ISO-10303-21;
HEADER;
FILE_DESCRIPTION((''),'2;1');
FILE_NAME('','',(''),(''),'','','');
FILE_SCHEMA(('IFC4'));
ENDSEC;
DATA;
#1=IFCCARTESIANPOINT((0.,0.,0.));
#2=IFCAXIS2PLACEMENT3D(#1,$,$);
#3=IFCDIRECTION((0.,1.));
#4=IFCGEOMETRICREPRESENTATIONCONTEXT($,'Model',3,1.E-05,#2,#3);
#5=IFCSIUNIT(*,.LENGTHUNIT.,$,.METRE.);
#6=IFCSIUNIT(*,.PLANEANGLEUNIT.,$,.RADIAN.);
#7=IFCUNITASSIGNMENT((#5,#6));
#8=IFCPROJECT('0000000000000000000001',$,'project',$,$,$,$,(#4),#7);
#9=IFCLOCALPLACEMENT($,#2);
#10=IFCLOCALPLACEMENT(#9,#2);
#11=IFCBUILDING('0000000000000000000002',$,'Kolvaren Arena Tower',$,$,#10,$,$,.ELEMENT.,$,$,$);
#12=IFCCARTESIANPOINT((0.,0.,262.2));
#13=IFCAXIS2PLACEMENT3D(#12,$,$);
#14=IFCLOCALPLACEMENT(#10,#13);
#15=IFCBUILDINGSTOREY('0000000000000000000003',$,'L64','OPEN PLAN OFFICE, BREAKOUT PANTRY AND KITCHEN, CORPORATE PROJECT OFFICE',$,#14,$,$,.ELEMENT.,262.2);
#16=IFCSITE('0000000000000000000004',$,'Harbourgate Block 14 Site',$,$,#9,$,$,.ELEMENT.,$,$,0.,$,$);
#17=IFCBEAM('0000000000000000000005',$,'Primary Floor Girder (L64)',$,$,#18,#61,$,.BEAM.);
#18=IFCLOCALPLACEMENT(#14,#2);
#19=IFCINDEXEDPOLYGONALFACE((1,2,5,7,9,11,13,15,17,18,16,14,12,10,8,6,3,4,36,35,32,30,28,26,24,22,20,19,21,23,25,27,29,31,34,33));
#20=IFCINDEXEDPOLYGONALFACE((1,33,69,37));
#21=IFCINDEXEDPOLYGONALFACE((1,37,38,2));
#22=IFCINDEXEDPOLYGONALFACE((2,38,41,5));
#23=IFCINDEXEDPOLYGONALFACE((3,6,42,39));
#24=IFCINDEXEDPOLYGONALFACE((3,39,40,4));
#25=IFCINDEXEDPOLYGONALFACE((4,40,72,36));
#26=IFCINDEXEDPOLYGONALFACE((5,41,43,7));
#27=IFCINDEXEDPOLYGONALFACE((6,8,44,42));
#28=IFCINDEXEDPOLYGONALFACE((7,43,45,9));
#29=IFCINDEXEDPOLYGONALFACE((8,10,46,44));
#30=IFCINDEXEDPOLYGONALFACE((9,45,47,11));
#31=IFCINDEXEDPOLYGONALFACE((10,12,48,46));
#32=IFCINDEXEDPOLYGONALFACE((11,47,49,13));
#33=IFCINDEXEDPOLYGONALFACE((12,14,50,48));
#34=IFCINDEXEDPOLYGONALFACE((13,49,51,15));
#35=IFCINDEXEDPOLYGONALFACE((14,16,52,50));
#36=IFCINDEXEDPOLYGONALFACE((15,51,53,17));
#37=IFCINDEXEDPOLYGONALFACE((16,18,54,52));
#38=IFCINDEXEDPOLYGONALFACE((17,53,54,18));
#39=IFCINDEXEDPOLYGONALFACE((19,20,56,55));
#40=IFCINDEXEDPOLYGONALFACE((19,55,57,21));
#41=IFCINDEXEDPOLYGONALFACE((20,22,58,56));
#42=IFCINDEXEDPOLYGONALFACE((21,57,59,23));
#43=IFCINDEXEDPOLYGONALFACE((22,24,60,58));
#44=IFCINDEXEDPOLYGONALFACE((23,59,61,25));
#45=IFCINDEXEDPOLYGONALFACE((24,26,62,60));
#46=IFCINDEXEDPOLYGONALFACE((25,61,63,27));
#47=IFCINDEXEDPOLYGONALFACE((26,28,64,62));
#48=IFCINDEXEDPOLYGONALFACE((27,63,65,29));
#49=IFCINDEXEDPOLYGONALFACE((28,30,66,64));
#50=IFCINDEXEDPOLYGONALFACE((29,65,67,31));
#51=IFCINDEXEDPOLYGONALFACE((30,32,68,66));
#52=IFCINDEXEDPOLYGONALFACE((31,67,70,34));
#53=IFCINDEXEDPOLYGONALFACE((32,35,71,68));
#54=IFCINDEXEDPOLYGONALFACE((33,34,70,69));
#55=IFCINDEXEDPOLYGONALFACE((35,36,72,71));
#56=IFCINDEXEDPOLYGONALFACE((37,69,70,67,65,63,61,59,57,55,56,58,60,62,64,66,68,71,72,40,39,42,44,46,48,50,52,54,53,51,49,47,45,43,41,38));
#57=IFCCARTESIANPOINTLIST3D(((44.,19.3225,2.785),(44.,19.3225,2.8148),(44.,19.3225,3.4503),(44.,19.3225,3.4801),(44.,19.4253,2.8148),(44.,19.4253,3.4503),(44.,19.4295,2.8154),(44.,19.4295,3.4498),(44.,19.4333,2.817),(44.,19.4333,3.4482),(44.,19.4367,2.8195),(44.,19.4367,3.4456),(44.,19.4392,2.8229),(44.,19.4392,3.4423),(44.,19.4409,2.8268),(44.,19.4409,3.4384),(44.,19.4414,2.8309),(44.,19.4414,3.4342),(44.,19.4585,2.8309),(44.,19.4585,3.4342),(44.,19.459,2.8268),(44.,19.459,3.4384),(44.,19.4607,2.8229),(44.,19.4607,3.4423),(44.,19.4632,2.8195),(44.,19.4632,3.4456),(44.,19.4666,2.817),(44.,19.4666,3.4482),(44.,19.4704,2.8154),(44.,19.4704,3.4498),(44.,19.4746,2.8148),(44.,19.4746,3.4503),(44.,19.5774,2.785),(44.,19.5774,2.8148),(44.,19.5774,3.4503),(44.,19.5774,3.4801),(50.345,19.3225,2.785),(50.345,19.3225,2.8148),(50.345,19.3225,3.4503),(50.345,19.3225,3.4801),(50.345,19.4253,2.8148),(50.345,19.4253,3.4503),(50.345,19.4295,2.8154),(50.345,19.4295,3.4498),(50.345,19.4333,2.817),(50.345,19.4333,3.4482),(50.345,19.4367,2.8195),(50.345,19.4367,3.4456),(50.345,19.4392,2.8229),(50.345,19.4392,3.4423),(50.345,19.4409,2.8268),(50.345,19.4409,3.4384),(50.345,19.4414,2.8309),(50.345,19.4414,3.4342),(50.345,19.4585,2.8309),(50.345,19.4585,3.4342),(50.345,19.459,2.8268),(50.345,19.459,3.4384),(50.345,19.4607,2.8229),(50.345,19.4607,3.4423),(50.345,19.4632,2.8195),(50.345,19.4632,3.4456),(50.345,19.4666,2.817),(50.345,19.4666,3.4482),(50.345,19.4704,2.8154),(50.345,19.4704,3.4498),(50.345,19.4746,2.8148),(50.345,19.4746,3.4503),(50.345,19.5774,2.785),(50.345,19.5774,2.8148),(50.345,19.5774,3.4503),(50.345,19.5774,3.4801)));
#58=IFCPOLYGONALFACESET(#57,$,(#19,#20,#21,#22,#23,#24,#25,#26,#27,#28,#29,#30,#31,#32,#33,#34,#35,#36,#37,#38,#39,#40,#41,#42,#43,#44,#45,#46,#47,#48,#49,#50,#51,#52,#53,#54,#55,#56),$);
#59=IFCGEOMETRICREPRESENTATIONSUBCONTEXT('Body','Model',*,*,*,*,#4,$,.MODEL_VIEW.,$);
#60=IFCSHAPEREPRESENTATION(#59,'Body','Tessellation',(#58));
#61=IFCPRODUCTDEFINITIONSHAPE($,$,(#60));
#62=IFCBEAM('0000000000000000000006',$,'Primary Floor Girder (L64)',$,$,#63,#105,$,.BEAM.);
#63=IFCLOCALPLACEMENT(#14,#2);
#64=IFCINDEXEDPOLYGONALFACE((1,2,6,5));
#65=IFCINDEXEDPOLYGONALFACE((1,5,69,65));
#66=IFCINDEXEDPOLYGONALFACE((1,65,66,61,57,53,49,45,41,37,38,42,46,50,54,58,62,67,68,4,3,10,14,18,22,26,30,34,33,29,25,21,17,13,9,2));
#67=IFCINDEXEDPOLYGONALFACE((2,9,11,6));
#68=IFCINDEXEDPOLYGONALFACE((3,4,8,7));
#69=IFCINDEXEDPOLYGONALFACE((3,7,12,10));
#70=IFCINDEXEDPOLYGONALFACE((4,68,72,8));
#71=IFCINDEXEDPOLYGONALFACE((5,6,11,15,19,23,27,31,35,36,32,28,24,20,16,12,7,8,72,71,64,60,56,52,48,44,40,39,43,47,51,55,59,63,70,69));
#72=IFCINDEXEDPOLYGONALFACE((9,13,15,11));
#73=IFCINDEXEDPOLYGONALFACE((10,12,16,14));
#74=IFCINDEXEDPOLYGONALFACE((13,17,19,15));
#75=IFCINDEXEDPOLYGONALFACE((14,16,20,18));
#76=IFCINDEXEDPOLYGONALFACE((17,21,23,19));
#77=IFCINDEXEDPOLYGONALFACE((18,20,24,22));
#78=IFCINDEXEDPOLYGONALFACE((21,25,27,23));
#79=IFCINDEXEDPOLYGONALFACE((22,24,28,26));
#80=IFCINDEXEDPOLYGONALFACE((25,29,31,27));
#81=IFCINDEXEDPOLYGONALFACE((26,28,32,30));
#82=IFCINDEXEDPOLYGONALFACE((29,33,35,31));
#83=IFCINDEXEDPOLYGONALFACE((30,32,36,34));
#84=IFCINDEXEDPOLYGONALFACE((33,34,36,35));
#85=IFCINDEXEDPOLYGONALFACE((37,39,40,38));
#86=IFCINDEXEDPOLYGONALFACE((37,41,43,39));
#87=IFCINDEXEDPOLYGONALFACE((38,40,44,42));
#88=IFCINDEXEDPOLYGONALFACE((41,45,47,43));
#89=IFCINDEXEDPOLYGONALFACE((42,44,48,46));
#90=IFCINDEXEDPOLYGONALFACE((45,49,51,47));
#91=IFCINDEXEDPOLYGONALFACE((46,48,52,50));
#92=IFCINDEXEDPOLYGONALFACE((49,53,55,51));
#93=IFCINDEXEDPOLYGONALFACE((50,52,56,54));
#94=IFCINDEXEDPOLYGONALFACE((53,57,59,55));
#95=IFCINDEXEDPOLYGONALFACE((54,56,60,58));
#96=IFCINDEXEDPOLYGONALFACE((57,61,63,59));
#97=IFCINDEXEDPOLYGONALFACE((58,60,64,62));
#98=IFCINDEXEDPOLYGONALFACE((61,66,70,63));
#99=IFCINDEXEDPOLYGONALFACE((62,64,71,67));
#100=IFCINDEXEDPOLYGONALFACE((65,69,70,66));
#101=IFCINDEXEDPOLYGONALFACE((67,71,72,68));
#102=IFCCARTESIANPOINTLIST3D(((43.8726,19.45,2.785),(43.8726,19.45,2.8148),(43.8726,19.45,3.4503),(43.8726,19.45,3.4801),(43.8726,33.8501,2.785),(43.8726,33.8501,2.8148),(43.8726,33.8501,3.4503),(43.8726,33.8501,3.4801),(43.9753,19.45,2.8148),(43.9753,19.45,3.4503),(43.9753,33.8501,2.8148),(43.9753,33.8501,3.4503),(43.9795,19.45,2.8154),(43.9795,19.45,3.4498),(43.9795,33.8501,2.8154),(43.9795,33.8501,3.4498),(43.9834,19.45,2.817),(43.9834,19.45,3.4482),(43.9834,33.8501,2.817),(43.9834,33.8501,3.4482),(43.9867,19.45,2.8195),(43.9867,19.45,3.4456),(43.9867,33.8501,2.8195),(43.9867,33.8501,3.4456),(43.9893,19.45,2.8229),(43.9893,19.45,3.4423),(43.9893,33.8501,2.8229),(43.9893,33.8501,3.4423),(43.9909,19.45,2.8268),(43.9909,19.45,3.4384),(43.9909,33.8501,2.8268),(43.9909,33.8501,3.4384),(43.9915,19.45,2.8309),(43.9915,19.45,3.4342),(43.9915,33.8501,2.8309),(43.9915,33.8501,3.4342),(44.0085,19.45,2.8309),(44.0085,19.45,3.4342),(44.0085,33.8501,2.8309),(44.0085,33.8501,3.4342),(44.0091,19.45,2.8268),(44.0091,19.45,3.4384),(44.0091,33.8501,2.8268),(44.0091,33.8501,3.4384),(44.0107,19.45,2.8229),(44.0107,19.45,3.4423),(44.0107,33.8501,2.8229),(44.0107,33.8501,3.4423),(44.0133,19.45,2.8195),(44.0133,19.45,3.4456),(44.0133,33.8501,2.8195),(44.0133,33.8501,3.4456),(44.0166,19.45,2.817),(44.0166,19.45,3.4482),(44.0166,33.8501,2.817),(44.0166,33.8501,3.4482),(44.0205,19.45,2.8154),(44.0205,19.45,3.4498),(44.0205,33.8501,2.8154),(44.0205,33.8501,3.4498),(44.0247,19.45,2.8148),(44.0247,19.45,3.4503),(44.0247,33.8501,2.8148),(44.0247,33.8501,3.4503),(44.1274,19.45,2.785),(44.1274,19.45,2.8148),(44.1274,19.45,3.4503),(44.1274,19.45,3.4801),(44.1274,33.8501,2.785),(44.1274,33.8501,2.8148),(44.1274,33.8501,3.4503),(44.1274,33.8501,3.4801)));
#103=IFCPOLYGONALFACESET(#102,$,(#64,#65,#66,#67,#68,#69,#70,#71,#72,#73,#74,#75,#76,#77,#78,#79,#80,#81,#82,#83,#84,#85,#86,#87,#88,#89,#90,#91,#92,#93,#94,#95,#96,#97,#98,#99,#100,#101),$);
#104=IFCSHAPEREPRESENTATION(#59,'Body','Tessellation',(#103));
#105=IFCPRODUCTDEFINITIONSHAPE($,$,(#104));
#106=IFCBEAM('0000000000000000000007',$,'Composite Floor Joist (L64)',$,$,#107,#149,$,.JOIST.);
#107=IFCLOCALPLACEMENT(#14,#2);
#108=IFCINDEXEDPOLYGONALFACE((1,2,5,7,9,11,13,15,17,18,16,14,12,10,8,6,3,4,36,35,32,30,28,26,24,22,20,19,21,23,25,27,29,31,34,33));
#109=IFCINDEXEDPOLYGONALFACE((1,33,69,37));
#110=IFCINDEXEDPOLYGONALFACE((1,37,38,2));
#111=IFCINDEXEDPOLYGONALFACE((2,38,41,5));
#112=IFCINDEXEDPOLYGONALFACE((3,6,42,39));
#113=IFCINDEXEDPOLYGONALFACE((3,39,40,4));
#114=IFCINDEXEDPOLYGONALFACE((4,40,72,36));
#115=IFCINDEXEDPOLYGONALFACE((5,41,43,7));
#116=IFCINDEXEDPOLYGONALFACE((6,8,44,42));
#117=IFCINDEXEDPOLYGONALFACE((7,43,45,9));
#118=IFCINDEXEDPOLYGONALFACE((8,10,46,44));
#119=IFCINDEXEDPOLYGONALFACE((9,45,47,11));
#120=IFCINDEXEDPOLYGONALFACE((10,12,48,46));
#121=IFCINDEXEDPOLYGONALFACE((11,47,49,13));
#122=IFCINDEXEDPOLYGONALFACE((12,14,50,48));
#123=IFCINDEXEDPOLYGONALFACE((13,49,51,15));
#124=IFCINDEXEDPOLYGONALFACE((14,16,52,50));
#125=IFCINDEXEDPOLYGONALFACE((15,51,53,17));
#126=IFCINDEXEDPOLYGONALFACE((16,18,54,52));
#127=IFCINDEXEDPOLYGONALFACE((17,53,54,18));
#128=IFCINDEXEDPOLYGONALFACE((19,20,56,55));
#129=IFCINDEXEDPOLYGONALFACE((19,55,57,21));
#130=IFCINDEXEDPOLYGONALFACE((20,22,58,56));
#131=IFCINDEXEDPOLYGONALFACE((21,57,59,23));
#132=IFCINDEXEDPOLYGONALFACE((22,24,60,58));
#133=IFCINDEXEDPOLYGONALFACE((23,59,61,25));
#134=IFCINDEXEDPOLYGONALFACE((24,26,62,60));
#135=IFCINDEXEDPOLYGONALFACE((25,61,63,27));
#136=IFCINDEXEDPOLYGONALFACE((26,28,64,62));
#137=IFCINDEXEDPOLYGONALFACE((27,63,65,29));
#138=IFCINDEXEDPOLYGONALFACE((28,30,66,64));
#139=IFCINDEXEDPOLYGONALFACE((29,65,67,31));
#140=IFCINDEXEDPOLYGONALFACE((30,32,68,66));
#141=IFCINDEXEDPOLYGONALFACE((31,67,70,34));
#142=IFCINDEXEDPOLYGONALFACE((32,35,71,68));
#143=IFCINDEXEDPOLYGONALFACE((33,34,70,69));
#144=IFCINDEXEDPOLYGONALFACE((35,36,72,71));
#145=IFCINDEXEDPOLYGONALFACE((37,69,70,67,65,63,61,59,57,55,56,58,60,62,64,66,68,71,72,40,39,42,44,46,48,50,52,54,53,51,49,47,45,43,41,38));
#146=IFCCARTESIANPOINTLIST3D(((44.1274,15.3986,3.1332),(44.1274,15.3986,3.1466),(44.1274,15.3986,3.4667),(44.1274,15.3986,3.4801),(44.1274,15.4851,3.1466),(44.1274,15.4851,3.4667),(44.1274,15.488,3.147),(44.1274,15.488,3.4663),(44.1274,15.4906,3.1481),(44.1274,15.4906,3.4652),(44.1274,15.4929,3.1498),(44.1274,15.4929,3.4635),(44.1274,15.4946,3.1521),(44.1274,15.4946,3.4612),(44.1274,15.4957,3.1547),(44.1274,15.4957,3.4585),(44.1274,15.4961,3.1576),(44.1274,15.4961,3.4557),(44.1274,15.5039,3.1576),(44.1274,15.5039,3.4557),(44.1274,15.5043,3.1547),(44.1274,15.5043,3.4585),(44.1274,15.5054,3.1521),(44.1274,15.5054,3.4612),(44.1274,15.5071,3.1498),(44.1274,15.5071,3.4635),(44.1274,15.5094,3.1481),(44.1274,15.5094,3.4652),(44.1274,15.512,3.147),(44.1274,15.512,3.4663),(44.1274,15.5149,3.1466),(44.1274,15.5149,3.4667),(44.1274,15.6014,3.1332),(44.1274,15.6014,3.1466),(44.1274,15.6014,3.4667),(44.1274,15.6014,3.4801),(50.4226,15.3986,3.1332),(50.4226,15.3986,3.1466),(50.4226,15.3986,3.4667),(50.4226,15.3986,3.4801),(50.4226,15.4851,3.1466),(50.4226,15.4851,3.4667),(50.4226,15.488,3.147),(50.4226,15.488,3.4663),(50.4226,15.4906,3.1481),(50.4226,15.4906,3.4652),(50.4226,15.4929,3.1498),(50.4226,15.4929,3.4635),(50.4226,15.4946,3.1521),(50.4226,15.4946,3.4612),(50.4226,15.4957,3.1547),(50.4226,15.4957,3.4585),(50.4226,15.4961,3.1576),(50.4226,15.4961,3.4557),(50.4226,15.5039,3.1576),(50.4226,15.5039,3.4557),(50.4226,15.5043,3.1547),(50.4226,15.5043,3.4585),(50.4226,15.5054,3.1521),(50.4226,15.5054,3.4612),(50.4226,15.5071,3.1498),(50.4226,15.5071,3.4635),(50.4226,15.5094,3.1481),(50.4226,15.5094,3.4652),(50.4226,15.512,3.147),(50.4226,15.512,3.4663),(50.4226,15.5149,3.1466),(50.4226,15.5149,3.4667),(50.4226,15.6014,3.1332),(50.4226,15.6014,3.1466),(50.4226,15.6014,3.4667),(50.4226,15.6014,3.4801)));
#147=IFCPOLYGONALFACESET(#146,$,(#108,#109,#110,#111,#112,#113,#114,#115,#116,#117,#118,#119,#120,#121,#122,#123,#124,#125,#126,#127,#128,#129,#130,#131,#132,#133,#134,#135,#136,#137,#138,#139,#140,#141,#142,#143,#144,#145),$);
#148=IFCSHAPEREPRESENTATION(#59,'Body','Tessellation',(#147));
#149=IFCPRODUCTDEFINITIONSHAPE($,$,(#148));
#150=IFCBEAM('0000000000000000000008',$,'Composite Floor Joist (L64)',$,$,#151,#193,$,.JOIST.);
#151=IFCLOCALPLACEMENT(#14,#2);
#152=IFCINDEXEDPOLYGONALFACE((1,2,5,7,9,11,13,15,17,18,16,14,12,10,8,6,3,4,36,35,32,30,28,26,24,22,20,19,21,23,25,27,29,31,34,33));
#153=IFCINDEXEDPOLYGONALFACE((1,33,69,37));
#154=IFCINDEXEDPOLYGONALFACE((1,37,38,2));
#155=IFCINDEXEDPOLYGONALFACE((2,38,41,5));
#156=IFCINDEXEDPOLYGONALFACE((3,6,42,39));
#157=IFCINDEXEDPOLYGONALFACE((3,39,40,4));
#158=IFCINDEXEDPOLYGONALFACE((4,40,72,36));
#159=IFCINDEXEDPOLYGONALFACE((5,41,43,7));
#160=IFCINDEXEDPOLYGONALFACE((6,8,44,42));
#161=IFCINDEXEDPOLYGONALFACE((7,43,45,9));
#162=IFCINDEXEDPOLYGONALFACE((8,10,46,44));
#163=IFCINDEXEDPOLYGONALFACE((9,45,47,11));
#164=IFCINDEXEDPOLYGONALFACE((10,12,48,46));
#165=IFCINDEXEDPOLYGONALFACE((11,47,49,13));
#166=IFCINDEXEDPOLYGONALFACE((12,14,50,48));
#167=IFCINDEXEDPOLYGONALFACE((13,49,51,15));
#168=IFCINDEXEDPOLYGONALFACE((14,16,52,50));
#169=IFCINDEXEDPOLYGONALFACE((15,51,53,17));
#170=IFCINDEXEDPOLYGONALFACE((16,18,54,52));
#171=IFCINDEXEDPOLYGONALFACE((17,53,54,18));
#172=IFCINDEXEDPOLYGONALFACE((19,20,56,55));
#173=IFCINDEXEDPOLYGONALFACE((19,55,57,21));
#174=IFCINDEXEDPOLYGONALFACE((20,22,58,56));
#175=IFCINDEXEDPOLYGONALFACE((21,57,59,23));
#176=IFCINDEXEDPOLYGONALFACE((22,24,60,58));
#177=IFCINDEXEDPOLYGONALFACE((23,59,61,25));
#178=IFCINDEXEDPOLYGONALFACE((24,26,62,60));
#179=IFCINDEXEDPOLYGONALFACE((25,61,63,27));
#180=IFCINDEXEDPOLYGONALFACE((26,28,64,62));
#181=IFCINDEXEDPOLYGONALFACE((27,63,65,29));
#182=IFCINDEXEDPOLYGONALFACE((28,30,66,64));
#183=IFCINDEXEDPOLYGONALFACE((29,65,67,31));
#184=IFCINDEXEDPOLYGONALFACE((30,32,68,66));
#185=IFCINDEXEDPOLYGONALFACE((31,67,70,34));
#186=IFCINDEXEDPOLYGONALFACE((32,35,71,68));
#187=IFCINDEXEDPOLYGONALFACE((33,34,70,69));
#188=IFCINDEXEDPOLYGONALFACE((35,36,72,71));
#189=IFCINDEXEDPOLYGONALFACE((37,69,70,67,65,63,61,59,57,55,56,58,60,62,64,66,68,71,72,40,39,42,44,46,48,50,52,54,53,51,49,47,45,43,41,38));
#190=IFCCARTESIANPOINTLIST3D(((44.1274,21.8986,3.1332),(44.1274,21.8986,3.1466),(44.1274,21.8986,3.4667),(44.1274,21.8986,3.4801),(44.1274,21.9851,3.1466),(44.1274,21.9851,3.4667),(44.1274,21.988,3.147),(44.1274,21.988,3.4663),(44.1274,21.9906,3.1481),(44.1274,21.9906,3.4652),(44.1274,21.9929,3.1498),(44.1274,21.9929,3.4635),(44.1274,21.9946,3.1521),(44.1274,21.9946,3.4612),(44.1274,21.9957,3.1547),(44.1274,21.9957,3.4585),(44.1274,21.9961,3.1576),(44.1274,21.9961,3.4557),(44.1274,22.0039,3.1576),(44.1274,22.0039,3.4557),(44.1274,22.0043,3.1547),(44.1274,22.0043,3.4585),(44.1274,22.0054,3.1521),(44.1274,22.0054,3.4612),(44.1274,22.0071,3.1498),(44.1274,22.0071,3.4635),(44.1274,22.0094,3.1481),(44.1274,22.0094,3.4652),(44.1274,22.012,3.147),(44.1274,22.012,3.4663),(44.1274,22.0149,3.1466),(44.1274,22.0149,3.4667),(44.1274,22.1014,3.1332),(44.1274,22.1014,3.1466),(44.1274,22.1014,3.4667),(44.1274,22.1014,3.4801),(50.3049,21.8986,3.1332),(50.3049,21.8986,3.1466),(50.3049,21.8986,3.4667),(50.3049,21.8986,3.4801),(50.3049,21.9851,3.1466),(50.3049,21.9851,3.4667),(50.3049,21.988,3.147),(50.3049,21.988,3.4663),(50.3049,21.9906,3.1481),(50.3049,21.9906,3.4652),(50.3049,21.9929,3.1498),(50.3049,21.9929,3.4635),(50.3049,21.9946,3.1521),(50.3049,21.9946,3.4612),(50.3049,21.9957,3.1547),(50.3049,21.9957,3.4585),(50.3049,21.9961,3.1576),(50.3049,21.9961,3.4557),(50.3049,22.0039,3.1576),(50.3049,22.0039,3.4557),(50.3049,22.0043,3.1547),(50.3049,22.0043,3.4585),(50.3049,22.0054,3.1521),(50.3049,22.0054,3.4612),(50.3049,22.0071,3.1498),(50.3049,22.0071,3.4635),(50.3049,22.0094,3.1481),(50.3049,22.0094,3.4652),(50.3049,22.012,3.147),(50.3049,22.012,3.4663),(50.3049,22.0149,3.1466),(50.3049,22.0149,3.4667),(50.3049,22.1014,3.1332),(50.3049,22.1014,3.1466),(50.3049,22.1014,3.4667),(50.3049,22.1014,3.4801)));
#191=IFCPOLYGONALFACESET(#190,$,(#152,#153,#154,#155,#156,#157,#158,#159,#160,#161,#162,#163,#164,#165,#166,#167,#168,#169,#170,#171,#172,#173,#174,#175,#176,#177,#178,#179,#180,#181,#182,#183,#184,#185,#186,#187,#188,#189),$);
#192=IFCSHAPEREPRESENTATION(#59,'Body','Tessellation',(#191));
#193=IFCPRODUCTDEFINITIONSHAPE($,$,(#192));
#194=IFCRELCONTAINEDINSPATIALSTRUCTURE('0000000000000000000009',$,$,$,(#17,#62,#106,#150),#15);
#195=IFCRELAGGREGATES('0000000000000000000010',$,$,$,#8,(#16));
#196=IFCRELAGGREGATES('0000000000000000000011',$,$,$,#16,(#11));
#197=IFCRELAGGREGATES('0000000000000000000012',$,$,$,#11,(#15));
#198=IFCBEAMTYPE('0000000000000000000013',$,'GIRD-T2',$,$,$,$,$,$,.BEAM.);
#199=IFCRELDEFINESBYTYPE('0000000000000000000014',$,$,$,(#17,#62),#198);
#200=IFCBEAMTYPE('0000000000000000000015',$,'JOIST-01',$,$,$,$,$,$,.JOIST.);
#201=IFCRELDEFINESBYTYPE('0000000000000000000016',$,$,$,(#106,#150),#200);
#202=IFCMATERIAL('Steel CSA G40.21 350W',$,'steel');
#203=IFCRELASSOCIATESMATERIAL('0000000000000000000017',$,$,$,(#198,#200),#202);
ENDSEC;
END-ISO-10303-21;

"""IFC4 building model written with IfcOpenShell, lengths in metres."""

from ifc_helpers import new_model, si_unit, direction, frame, origin, origin_2d, place, context, subcontext, project, spatial, i_section, extrude, material, material_profile, profile_set, type_object, element, save


model = new_model("IFC4")

# Units and contexts
model_context = context("Model", 3, precision=1e-05, world=origin(), true_north=direction((0.0, 1.0)))
body_context = subcontext(model_context, "Body", "Model", "MODEL_VIEW")
ifc_project = project(units=[si_unit("LENGTHUNIT", "METRE"), si_unit("PLANEANGLEUNIT", "RADIAN")], contexts=[model_context])

# Site, building, storey
site_placement = place(None, origin())
site = spatial("IfcSite", under=ifc_project, at=site_placement, Name="Harbourgate Block 14 Site", CompositionType="ELEMENT", RefElevation=0.0)
building_placement = place(site_placement, origin())
building = spatial("IfcBuilding", under=site, at=building_placement, Name="Kolvaren Arena Tower", CompositionType="ELEMENT")
storey_placement = place(building_placement, frame((0.0, 0.0, 262.2)))
storey = spatial("IfcBuildingStorey", under=building, at=storey_placement, Name="L64", Description="OPEN PLAN OFFICE, BREAKOUT PANTRY AND KITCHEN, CORPORATE PROJECT OFFICE", CompositionType="ELEMENT", Elevation=262.2)

# Beams
ifc_material_1 = material(Name="Steel CSA G40.21 350W", Category="steel")
ifc_material_profile_1 = material_profile(ifc_material_1, i_section(OverallWidth=0.2549, OverallDepth=0.6951, WebThickness=0.0171, FlangeThickness=0.0298, FilletRadius=0.0161, at=origin_2d()), Name="W690x217")
ifc_profile_set_1 = profile_set([ifc_material_profile_1], Name="Steel CSA G40.21 350W")
beam_type_1 = type_object("IfcBeamType", Name="GIRD-T2", PredefinedType="BEAM", material=ifc_profile_set_1)
beam_1_placement = place(storey_placement, frame((44.0, 19.45, 3.1326), z_axis=(1.0, 0.0, 0.0), x_axis=(0.0, 1.0, 0.0)))
element("IfcBeam", 1, at=beam_1_placement, inside=storey, type_object=beam_type_1, Name="Primary Floor Girder (L64)", PredefinedType="BEAM", context=body_context, shape_type="SweptSolid", body=[
    extrude(i_section(OverallWidth=0.2549, OverallDepth=0.6951, WebThickness=0.0171, FlangeThickness=0.0298, FilletRadius=0.0161, at=origin_2d()), origin(), (0.0, 0.0, 1.0), 6.345),
])
beam_2_placement = place(storey_placement, frame((44.0, 19.45, 3.1326), z_axis=(0.0, 1.0, 0.0), x_axis=(-1.0, 0.0, 0.0)))
element("IfcBeam", 2, at=beam_2_placement, inside=storey, type_object=beam_type_1, Name="Primary Floor Girder (L64)", PredefinedType="BEAM", context=body_context, shape_type="SweptSolid", body=[
    extrude(i_section(OverallWidth=0.2549, OverallDepth=0.6951, WebThickness=0.0171, FlangeThickness=0.0298, FilletRadius=0.0161, at=origin_2d()), origin(), (0.0, 0.0, 1.0), 14.4001),
])
ifc_material_profile_2 = material_profile(ifc_material_1, i_section(OverallWidth=0.2029, OverallDepth=0.3469, WebThickness=0.0078, FlangeThickness=0.0134, FilletRadius=0.011, at=origin_2d()), Name="W360x64")
ifc_profile_set_2 = profile_set([ifc_material_profile_2], Name="Steel CSA G40.21 350W")
beam_type_2 = type_object("IfcBeamType", Name="JOIST-01", PredefinedType="JOIST", material=ifc_profile_set_2)
beam_3_placement = place(storey_placement, frame((44.1274, 15.5, 3.3066), z_axis=(1.0, 0.0, 0.0), x_axis=(0.0, 1.0, 0.0)))
element("IfcBeam", 3, at=beam_3_placement, inside=storey, type_object=beam_type_2, Name="Composite Floor Joist (L64)", PredefinedType="JOIST", context=body_context, shape_type="SweptSolid", body=[
    extrude(i_section(OverallWidth=0.2029, OverallDepth=0.3469, WebThickness=0.0078, FlangeThickness=0.0134, FilletRadius=0.011, at=origin_2d()), origin(), (0.0, 0.0, 1.0), 6.2952),
])
beam_4_placement = place(storey_placement, frame((44.1274, 22.0, 3.3066), z_axis=(1.0, 0.0, 0.0), x_axis=(0.0, 1.0, 0.0)))
element("IfcBeam", 4, at=beam_4_placement, inside=storey, type_object=beam_type_2, Name="Composite Floor Joist (L64)", PredefinedType="JOIST", context=body_context, shape_type="SweptSolid", body=[
    extrude(i_section(OverallWidth=0.2029, OverallDepth=0.3469, WebThickness=0.0078, FlangeThickness=0.0134, FilletRadius=0.011, at=origin_2d()), origin(), (0.0, 0.0, 1.0), 6.1775),
])

save(model, "model.ifc")
